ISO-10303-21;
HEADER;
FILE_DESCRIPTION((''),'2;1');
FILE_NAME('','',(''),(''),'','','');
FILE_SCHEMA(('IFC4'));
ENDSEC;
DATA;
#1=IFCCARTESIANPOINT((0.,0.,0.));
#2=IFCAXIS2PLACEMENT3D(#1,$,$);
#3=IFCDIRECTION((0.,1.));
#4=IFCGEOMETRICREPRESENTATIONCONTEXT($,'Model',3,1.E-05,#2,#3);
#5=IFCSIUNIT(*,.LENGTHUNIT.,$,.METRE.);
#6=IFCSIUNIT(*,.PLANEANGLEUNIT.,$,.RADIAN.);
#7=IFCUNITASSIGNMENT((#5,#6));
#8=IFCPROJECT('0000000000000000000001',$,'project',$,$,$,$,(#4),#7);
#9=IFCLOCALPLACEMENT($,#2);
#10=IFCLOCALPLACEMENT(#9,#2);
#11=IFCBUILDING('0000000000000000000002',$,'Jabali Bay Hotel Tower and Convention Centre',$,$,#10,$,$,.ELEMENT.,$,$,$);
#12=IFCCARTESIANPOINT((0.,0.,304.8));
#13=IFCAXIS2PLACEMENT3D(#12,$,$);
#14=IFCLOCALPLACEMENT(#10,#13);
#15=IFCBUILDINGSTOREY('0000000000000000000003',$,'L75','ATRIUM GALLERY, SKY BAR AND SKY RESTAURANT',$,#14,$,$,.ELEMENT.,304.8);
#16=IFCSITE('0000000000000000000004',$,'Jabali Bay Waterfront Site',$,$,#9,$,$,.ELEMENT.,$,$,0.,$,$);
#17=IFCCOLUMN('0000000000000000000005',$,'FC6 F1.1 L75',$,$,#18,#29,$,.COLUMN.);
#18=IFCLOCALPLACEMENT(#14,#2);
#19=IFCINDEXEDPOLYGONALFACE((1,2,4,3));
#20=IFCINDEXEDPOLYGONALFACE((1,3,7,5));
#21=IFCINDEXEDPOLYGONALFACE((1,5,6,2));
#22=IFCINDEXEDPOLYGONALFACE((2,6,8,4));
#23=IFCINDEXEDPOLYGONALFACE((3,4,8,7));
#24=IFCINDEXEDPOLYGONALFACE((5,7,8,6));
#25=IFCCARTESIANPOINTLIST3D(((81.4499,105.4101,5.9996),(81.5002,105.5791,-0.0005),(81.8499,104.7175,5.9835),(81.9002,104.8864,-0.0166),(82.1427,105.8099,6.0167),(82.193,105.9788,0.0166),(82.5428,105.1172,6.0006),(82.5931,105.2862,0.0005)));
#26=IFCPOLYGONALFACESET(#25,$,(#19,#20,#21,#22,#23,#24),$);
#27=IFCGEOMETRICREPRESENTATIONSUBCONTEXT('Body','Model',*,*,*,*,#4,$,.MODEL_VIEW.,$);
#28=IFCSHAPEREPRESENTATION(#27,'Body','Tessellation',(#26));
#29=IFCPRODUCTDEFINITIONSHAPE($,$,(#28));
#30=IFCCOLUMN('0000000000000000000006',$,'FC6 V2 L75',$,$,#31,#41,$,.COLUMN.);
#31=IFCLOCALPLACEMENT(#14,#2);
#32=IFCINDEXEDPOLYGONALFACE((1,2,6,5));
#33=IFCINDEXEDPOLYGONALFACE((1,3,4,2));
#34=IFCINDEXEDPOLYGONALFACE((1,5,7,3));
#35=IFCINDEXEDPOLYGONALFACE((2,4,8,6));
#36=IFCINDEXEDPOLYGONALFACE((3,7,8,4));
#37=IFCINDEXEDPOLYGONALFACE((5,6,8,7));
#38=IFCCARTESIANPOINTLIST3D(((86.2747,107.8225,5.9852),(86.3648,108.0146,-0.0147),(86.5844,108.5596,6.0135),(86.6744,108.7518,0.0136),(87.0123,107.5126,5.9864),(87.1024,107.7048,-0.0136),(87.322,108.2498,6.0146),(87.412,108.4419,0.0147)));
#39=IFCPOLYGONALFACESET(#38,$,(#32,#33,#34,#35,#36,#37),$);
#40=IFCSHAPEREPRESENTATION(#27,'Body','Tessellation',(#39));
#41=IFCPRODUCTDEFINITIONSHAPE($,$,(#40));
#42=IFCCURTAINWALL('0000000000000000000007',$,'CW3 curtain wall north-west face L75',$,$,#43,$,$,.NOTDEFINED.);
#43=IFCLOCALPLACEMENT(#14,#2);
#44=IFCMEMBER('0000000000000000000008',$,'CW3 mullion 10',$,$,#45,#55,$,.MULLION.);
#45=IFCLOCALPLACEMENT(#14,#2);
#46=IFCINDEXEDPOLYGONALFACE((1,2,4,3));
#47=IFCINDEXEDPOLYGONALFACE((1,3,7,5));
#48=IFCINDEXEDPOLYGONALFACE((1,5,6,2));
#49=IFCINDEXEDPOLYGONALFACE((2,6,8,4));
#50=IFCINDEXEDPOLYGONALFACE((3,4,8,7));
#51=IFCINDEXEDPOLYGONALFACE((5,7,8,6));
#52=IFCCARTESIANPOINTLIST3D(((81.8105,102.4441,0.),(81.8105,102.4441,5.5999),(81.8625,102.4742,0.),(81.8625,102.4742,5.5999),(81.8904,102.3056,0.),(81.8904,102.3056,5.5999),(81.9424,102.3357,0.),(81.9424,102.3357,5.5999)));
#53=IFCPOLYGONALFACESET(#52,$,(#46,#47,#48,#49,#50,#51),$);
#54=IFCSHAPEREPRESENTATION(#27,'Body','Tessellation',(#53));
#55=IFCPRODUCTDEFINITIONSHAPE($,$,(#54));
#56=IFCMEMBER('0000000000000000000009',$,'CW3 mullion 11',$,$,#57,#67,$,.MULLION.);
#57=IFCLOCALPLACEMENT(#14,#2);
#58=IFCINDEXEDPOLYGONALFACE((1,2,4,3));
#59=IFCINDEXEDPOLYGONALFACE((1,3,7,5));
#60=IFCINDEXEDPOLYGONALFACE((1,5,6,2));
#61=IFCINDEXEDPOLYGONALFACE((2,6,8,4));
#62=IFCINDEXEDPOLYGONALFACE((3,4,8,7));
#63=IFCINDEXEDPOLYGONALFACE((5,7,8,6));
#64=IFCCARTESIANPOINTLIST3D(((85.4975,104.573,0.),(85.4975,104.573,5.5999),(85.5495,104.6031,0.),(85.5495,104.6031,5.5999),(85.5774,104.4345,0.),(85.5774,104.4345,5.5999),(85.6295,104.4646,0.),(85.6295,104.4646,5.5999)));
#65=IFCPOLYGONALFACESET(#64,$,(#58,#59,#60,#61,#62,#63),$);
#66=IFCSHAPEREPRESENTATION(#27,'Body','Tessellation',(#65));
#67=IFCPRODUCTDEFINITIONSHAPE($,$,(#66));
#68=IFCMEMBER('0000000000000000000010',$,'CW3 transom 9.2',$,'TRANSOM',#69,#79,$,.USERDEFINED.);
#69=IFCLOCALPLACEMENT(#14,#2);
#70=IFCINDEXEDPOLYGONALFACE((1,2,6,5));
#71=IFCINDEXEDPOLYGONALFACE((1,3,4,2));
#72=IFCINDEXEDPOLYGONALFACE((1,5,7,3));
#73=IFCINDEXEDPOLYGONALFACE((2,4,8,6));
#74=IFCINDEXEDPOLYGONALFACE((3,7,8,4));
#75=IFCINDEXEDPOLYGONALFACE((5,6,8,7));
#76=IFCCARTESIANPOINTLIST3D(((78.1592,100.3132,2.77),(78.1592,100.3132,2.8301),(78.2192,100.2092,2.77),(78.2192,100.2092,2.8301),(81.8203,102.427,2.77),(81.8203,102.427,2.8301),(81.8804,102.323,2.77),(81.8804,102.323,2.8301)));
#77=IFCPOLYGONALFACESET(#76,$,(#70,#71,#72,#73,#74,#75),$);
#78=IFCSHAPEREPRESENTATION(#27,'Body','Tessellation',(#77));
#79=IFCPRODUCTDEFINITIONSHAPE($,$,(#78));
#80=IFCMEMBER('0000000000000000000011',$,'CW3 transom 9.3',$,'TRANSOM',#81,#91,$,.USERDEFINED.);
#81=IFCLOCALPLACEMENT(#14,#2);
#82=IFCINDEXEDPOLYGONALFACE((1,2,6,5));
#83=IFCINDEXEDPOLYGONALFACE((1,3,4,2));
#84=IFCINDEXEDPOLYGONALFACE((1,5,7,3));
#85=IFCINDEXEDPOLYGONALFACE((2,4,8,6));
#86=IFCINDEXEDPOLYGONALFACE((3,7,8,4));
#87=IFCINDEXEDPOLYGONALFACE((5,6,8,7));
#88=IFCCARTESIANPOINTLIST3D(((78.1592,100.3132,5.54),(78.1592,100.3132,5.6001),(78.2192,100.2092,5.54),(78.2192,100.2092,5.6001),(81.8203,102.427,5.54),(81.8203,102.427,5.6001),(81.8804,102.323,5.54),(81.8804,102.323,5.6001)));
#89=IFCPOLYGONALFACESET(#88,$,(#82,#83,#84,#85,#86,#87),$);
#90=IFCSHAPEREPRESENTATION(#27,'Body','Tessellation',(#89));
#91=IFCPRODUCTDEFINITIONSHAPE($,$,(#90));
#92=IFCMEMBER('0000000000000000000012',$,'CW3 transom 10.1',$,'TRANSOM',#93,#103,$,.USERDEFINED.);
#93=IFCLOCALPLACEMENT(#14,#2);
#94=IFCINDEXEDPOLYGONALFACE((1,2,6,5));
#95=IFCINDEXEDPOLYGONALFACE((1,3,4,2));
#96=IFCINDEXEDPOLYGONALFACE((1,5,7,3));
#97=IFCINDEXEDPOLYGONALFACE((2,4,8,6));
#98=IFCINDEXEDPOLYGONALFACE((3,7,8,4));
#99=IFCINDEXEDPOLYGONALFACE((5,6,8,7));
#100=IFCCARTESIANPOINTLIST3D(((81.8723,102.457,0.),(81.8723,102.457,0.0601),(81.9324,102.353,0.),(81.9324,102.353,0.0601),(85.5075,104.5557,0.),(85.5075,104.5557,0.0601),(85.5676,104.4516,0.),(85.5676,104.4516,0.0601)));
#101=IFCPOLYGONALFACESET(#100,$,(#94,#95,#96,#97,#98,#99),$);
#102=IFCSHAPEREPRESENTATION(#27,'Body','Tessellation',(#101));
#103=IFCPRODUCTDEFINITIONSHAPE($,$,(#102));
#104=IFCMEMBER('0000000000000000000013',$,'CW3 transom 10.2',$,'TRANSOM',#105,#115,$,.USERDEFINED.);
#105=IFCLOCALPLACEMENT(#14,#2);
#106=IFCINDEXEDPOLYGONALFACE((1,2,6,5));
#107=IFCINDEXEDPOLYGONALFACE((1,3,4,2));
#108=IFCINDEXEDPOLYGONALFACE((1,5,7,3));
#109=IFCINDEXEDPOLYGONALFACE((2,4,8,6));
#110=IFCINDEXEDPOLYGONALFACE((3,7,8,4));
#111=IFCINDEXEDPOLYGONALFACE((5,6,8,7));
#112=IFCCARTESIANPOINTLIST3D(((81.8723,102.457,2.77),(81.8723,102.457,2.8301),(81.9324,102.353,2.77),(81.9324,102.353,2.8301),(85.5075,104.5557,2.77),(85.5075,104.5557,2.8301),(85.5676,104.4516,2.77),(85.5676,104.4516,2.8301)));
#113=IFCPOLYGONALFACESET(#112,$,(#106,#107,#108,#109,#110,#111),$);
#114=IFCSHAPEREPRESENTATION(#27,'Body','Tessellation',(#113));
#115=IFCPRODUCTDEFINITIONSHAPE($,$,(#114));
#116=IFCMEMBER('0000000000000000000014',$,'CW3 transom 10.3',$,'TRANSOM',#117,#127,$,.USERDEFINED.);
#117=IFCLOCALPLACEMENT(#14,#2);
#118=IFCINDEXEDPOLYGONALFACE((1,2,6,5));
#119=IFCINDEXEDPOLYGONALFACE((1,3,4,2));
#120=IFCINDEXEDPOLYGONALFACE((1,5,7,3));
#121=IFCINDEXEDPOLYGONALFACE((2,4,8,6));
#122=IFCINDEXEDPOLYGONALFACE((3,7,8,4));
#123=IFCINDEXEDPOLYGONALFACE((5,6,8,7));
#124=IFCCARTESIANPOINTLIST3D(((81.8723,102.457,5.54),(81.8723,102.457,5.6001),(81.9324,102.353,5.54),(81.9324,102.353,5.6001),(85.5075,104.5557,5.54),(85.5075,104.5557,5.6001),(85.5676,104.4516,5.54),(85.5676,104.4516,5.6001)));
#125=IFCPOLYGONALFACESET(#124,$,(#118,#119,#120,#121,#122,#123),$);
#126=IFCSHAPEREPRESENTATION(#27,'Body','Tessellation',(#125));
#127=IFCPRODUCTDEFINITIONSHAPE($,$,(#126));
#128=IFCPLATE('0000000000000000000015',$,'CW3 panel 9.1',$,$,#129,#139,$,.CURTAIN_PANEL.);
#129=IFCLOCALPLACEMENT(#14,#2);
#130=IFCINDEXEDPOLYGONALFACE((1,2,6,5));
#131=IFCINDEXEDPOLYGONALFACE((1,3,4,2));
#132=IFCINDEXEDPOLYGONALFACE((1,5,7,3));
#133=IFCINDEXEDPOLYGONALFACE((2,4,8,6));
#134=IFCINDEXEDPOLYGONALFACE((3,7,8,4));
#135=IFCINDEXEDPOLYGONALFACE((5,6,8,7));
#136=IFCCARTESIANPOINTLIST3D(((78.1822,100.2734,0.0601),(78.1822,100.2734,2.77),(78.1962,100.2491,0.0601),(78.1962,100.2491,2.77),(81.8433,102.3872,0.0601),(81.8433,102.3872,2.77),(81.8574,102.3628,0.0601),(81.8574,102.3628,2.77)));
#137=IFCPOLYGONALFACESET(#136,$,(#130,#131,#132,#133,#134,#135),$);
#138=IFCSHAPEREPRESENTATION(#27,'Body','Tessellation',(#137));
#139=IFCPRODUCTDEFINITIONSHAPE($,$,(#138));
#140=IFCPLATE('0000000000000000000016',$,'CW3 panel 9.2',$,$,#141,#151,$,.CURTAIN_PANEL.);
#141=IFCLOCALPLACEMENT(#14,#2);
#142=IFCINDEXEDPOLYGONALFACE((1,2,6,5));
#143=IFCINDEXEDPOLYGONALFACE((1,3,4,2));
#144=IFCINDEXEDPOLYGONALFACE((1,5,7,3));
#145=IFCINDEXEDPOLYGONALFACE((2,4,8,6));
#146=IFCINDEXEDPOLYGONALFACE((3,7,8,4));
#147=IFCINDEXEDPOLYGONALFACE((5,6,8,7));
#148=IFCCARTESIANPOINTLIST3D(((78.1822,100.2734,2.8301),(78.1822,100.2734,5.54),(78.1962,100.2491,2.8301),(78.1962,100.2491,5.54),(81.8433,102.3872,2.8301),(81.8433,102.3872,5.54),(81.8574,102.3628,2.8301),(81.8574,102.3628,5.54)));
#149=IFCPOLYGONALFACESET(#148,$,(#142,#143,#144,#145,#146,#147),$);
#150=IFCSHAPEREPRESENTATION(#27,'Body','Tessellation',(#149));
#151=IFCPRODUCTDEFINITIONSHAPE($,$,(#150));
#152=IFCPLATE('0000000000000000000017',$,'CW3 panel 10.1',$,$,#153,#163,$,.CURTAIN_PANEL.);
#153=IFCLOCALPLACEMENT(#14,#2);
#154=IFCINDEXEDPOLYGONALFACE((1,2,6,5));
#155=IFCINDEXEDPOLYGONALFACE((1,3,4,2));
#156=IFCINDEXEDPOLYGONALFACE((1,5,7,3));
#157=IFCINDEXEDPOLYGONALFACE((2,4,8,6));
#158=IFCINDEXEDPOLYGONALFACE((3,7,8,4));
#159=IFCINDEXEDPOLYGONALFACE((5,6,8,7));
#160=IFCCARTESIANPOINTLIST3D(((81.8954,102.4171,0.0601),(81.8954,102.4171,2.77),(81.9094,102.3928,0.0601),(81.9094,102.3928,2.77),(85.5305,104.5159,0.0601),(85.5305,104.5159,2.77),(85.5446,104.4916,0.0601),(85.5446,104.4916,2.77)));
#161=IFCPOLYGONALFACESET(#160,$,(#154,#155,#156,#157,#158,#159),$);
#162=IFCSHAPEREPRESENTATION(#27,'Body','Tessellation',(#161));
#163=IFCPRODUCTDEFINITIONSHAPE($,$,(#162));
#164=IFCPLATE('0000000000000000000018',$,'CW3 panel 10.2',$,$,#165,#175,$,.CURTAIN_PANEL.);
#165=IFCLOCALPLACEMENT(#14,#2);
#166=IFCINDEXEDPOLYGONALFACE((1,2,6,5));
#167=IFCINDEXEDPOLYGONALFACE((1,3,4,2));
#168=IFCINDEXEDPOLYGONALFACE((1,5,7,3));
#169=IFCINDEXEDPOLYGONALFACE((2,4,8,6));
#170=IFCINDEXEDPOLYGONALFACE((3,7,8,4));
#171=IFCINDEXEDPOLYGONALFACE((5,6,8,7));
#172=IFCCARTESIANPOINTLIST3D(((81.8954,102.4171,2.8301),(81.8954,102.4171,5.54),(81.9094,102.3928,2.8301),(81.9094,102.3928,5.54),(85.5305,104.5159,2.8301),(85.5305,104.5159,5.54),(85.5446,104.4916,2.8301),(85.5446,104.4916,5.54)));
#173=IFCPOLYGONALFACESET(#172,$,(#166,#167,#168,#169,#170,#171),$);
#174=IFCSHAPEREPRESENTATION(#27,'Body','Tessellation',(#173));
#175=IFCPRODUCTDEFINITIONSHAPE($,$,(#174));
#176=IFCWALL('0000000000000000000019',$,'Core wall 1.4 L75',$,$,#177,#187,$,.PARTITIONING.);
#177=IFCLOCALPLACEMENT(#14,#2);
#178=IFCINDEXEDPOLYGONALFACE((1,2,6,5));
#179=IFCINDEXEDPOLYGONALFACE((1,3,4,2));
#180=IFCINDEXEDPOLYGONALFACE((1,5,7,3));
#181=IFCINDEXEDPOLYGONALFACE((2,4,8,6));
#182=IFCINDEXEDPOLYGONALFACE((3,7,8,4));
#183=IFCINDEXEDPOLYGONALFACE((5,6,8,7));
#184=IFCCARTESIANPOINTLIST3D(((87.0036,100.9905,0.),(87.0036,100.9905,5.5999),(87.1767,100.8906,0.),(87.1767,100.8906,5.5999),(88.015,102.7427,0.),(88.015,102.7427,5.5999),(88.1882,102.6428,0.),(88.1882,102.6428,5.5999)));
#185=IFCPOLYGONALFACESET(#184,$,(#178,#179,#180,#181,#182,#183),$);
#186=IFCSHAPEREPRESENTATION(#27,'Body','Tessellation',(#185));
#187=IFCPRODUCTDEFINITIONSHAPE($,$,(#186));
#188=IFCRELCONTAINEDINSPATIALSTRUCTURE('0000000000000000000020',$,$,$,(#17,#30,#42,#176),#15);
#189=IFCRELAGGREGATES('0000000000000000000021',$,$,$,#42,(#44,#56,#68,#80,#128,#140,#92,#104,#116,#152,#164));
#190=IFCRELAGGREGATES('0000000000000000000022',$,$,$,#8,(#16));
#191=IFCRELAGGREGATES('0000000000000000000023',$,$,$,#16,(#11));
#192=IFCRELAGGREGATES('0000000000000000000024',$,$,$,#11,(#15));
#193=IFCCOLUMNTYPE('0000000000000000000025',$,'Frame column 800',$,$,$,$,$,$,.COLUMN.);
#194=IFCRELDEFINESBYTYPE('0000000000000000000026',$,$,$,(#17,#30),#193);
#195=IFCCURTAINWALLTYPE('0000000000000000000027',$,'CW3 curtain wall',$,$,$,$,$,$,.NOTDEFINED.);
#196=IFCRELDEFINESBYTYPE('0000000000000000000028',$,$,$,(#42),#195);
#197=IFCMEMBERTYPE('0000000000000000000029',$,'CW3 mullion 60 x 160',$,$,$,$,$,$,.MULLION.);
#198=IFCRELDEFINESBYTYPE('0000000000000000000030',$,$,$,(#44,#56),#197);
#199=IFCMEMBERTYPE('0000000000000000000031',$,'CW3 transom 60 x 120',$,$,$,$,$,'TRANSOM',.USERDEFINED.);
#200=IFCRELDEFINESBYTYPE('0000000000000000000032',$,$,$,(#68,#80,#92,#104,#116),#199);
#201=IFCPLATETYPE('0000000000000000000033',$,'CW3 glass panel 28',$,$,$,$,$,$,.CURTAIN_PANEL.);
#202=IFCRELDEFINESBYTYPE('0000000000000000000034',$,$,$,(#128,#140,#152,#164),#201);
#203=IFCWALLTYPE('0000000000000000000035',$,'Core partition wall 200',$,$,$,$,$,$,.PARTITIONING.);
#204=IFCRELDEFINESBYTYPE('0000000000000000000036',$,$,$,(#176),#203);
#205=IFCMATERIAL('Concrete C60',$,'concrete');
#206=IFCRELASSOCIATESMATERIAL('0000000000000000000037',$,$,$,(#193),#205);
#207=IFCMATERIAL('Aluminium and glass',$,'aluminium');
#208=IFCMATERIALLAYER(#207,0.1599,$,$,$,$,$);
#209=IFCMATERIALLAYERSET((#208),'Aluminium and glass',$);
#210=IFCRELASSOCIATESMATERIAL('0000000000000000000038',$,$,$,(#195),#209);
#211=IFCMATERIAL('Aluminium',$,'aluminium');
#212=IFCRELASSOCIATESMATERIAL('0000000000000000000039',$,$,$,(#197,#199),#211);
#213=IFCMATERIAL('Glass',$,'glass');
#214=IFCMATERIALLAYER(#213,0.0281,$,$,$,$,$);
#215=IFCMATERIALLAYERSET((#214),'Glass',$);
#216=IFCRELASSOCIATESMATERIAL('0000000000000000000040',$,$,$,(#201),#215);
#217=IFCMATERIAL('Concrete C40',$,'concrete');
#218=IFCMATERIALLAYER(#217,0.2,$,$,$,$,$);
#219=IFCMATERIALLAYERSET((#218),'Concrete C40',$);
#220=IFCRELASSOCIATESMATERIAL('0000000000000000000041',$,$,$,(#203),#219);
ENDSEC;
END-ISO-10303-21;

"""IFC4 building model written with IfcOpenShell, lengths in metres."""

from ifc_helpers import new_model, si_unit, direction, frame, frame_2d, origin, origin_2d, place, context, subcontext, project, spatial, rectangle, extrude, material, layer, layer_set, material_profile, profile_set, type_object, element, aggregate, save


model = new_model("IFC4")

# Units and contexts
model_context = context("Model", 3, precision=1e-05, world=origin(), true_north=direction((0.0, 1.0)))
body_context = subcontext(model_context, "Body", "Model", "MODEL_VIEW")
ifc_project = project(units=[si_unit("LENGTHUNIT", "METRE"), si_unit("PLANEANGLEUNIT", "RADIAN")], contexts=[model_context])

# Site, building, storey
site_placement = place(None, origin())
site = spatial("IfcSite", under=ifc_project, at=site_placement, Name="Jabali Bay Waterfront Site", CompositionType="ELEMENT", RefElevation=0.0)
building_placement = place(site_placement, origin())
building = spatial("IfcBuilding", under=site, at=building_placement, Name="Jabali Bay Hotel Tower and Convention Centre", CompositionType="ELEMENT")
storey_placement = place(building_placement, frame((0.0, 0.0, 304.8)))
storey = spatial("IfcBuildingStorey", under=building, at=storey_placement, Name="L75", Description="ATRIUM GALLERY, SKY BAR AND SKY RESTAURANT", CompositionType="ELEMENT", Elevation=304.8)

# Columns
ifc_material_1 = material(Name="Concrete C60", Category="concrete")
ifc_material_profile_1 = material_profile(ifc_material_1, rectangle(XDim=0.8, YDim=0.8, at=origin_2d()), Name="Frame column 800")
ifc_profile_set_1 = profile_set([ifc_material_profile_1], Name="Concrete C60")
column_type = type_object("IfcColumnType", Name="Frame column 800", PredefinedType="COLUMN", material=ifc_profile_set_1)
column_1_placement = place(storey_placement, frame((82.0466, 105.4326, 0.0), z_axis=(-0.008379, -0.028145, 0.999569), x_axis=(0.865972, 0.499637, 0.021327)))
element("IfcColumn", 1, at=column_1_placement, inside=storey, type_object=column_type, Name="FC6 F1.1 L75", PredefinedType="COLUMN", context=body_context, shape_type="SweptSolid", body=[
    extrude(rectangle(XDim=0.8, YDim=0.8, at=origin_2d()), origin(), (0.0, 0.0, 1.0), 6.0027),
])
column_2_placement = place(storey_placement, frame((86.8884, 108.2283, 0.0), z_axis=(-0.015005, -0.032003, 0.999375), x_axis=(0.921954, -0.387298, 0.00144)))
element("IfcColumn", 2, at=column_2_placement, inside=storey, type_object=column_type, Name="FC6 V2 L75", PredefinedType="COLUMN", context=body_context, shape_type="SweptSolid", body=[
    extrude(rectangle(XDim=0.8, YDim=0.8, at=origin_2d()), origin(), (0.0, 0.0, 1.0), 6.0037),
])

# Curtain wall, members, plates
ifc_material_2 = material(Name="Aluminium and glass", Category="aluminium")
ifc_layer_1 = layer(ifc_material_2, 0.1599)
ifc_layer_set_1 = layer_set([ifc_layer_1], Name="Aluminium and glass")
curtain_wall_type = type_object("IfcCurtainWallType", Name="CW3 curtain wall", PredefinedType="NOTDEFINED", material=ifc_layer_set_1)
curtain_wall_placement = place(storey_placement, origin())
curtain_wall = element("IfcCurtainWall", 3, at=curtain_wall_placement, inside=storey, type_object=curtain_wall_type, Name="CW3 curtain wall north-west face L75", PredefinedType="NOTDEFINED")
ifc_material_3 = material(Name="Aluminium", Category="aluminium")
ifc_material_profile_2 = material_profile(ifc_material_3, rectangle(XDim=0.1599, YDim=0.0601, at=origin_2d()), Name="CW3 mullion 60 x 160")
ifc_profile_set_2 = profile_set([ifc_material_profile_2], Name="Aluminium")
member_type_1 = type_object("IfcMemberType", Name="CW3 mullion 60 x 160", PredefinedType="MULLION", material=ifc_profile_set_2)
member_1_placement = place(storey_placement, frame((81.8765, 102.3899, 0.0), z_axis=(0.0, 0.0, 1.0), x_axis=(-0.5, 0.866025, 0.0)))
member_1 = element("IfcMember", 4, at=member_1_placement, type_object=member_type_1, Name="CW3 mullion 10", PredefinedType="MULLION", context=body_context, shape_type="SweptSolid", body=[
    extrude(rectangle(XDim=0.1599, YDim=0.0601, at=origin_2d()), origin(), (0.0, 0.0, 1.0), 5.5999),
])
member_2_placement = place(storey_placement, frame((85.5635, 104.5188, 0.0), z_axis=(0.0, 0.0, 1.0), x_axis=(-0.5, 0.866025, 0.0)))
member_2 = element("IfcMember", 5, at=member_2_placement, type_object=member_type_1, Name="CW3 mullion 11", PredefinedType="MULLION", context=body_context, shape_type="SweptSolid", body=[
    extrude(rectangle(XDim=0.1599, YDim=0.0601, at=origin_2d()), origin(), (0.0, 0.0, 1.0), 5.5999),
])
ifc_material_profile_3 = material_profile(ifc_material_3, rectangle(XDim=0.1201, YDim=0.0601, at=origin_2d()), Name="CW3 transom 60 x 120")
ifc_profile_set_3 = profile_set([ifc_material_profile_3], Name="Aluminium")
member_type_2 = type_object("IfcMemberType", Name="CW3 transom 60 x 120", ElementType="TRANSOM", PredefinedType="USERDEFINED", material=ifc_profile_set_3)
member_3_placement = place(storey_placement, frame((78.1892, 100.2612, 2.8), z_axis=(0.866024, 0.500002, 0.0), x_axis=(-0.500002, 0.866024, 0.0)))
member_3 = element("IfcMember", 6, at=member_3_placement, type_object=member_type_2, Name="CW3 transom 9.2", ObjectType="TRANSOM", PredefinedType="USERDEFINED", context=body_context, shape_type="SweptSolid", body=[
    extrude(rectangle(XDim=0.1201, YDim=0.0601, at=origin_2d()), origin(), (0.0, 0.0, 1.0), 4.2275),
])
member_4_placement = place(storey_placement, frame((78.1892, 100.2612, 5.5701), z_axis=(0.866024, 0.500002, 0.0), x_axis=(-0.500002, 0.866024, 0.0)))
member_4 = element("IfcMember", 7, at=member_4_placement, type_object=member_type_2, Name="CW3 transom 9.3", ObjectType="TRANSOM", PredefinedType="USERDEFINED", context=body_context, shape_type="SweptSolid", body=[
    extrude(rectangle(XDim=0.1201, YDim=0.0601, at=origin_2d()), origin(), (0.0, 0.0, 1.0), 4.2275),
])
member_5_placement = place(storey_placement, frame((81.9023, 102.405, 0.03), z_axis=(0.866044, 0.499967, 0.0), x_axis=(-0.499967, 0.866044, 0.0)))
member_5 = element("IfcMember", 8, at=member_5_placement, type_object=member_type_2, Name="CW3 transom 10.1", ObjectType="TRANSOM", PredefinedType="USERDEFINED", context=body_context, shape_type="SweptSolid", body=[
    extrude(rectangle(XDim=0.1201, YDim=0.0601, at=origin_2d()), origin(), (0.0, 0.0, 1.0), 4.1975),
])
member_6_placement = place(storey_placement, frame((81.9023, 102.405, 2.8), z_axis=(0.866044, 0.499967, 0.0), x_axis=(-0.499967, 0.866044, 0.0)))
member_6 = element("IfcMember", 9, at=member_6_placement, type_object=member_type_2, Name="CW3 transom 10.2", ObjectType="TRANSOM", PredefinedType="USERDEFINED", context=body_context, shape_type="SweptSolid", body=[
    extrude(rectangle(XDim=0.1201, YDim=0.0601, at=origin_2d()), origin(), (0.0, 0.0, 1.0), 4.1975),
])
member_7_placement = place(storey_placement, frame((81.9023, 102.405, 5.5701), z_axis=(0.866044, 0.499967, 0.0), x_axis=(-0.499967, 0.866044, 0.0)))
member_7 = element("IfcMember", 10, at=member_7_placement, type_object=member_type_2, Name="CW3 transom 10.3", ObjectType="TRANSOM", PredefinedType="USERDEFINED", context=body_context, shape_type="SweptSolid", body=[
    extrude(rectangle(XDim=0.1201, YDim=0.0601, at=origin_2d()), origin(), (0.0, 0.0, 1.0), 4.1975),
])
ifc_material_4 = material(Name="Glass", Category="glass")
ifc_layer_2 = layer(ifc_material_4, 0.0281)
ifc_layer_set_2 = layer_set([ifc_layer_2], Name="Glass")
plate_type = type_object("IfcPlateType", Name="CW3 glass panel 28", PredefinedType="CURTAIN_PANEL", material=ifc_layer_set_2)
plate_1_placement = place(storey_placement, frame((80.0198, 101.3181, 0.0601), z_axis=(0.0, 0.0, 1.0), x_axis=(0.866025, 0.5, 0.0)))
plate_1 = element("IfcPlate", 11, at=plate_1_placement, type_object=plate_type, Name="CW3 panel 9.1", PredefinedType="CURTAIN_PANEL", context=body_context, shape_type="SweptSolid", body=[
    extrude(rectangle(XDim=4.2275, YDim=0.0281, at=origin_2d()), origin(), (0.0, 0.0, 1.0), 2.71),
])
plate_2_placement = place(storey_placement, frame((80.0198, 101.3181, 2.8301), z_axis=(0.0, 0.0, 1.0), x_axis=(0.866025, 0.5, 0.0)))
plate_2 = element("IfcPlate", 12, at=plate_2_placement, type_object=plate_type, Name="CW3 panel 9.2", PredefinedType="CURTAIN_PANEL", context=body_context, shape_type="SweptSolid", body=[
    extrude(rectangle(XDim=4.2275, YDim=0.0281, at=origin_2d()), origin(), (0.0, 0.0, 1.0), 2.71),
])
plate_3_placement = place(storey_placement, frame((83.72, 103.4543, 0.0601), z_axis=(0.0, 0.0, 1.0), x_axis=(0.866025, 0.5, 0.0)))
plate_3 = element("IfcPlate", 13, at=plate_3_placement, type_object=plate_type, Name="CW3 panel 10.1", PredefinedType="CURTAIN_PANEL", context=body_context, shape_type="SweptSolid", body=[
    extrude(rectangle(XDim=4.1975, YDim=0.0281, at=origin_2d()), origin(), (0.0, 0.0, 1.0), 2.71),
])
plate_4_placement = place(storey_placement, frame((83.72, 103.4543, 2.8301), z_axis=(0.0, 0.0, 1.0), x_axis=(0.866025, 0.5, 0.0)))
plate_4 = element("IfcPlate", 14, at=plate_4_placement, type_object=plate_type, Name="CW3 panel 10.2", PredefinedType="CURTAIN_PANEL", context=body_context, shape_type="SweptSolid", body=[
    extrude(rectangle(XDim=4.1975, YDim=0.0281, at=origin_2d()), origin(), (0.0, 0.0, 1.0), 2.71),
])
aggregate(curtain_wall, [member_1, member_2, member_3, member_4, plate_1, plate_2, member_5, member_6, member_7, plate_3, plate_4])

# Wall
ifc_material_5 = material(Name="Concrete C40", Category="concrete")
ifc_layer_3 = layer(ifc_material_5, 0.2)
ifc_layer_set_3 = layer_set([ifc_layer_3], Name="Concrete C40")
wall_type_1 = type_object("IfcWallType", Name="Core partition wall 200", PredefinedType="PARTITIONING", material=ifc_layer_set_3)
wall_1_placement = place(storey_placement, frame((87.0901, 100.9404, 0.0), z_axis=(0.0, 0.0, 1.0), x_axis=(0.499942, 0.866059, 0.0)))
element("IfcWall", 15, at=wall_1_placement, inside=storey, type_object=wall_type_1, Name="Core wall 1.4 L75", PredefinedType="PARTITIONING", context=body_context, shape_type="SweptSolid", body=[
    extrude(rectangle(XDim=2.0232, YDim=0.2, at=frame_2d((1.0117, 0.0))), origin(), (0.0, 0.0, 1.0), 5.5999),
])

save(model, "model.ifc")
